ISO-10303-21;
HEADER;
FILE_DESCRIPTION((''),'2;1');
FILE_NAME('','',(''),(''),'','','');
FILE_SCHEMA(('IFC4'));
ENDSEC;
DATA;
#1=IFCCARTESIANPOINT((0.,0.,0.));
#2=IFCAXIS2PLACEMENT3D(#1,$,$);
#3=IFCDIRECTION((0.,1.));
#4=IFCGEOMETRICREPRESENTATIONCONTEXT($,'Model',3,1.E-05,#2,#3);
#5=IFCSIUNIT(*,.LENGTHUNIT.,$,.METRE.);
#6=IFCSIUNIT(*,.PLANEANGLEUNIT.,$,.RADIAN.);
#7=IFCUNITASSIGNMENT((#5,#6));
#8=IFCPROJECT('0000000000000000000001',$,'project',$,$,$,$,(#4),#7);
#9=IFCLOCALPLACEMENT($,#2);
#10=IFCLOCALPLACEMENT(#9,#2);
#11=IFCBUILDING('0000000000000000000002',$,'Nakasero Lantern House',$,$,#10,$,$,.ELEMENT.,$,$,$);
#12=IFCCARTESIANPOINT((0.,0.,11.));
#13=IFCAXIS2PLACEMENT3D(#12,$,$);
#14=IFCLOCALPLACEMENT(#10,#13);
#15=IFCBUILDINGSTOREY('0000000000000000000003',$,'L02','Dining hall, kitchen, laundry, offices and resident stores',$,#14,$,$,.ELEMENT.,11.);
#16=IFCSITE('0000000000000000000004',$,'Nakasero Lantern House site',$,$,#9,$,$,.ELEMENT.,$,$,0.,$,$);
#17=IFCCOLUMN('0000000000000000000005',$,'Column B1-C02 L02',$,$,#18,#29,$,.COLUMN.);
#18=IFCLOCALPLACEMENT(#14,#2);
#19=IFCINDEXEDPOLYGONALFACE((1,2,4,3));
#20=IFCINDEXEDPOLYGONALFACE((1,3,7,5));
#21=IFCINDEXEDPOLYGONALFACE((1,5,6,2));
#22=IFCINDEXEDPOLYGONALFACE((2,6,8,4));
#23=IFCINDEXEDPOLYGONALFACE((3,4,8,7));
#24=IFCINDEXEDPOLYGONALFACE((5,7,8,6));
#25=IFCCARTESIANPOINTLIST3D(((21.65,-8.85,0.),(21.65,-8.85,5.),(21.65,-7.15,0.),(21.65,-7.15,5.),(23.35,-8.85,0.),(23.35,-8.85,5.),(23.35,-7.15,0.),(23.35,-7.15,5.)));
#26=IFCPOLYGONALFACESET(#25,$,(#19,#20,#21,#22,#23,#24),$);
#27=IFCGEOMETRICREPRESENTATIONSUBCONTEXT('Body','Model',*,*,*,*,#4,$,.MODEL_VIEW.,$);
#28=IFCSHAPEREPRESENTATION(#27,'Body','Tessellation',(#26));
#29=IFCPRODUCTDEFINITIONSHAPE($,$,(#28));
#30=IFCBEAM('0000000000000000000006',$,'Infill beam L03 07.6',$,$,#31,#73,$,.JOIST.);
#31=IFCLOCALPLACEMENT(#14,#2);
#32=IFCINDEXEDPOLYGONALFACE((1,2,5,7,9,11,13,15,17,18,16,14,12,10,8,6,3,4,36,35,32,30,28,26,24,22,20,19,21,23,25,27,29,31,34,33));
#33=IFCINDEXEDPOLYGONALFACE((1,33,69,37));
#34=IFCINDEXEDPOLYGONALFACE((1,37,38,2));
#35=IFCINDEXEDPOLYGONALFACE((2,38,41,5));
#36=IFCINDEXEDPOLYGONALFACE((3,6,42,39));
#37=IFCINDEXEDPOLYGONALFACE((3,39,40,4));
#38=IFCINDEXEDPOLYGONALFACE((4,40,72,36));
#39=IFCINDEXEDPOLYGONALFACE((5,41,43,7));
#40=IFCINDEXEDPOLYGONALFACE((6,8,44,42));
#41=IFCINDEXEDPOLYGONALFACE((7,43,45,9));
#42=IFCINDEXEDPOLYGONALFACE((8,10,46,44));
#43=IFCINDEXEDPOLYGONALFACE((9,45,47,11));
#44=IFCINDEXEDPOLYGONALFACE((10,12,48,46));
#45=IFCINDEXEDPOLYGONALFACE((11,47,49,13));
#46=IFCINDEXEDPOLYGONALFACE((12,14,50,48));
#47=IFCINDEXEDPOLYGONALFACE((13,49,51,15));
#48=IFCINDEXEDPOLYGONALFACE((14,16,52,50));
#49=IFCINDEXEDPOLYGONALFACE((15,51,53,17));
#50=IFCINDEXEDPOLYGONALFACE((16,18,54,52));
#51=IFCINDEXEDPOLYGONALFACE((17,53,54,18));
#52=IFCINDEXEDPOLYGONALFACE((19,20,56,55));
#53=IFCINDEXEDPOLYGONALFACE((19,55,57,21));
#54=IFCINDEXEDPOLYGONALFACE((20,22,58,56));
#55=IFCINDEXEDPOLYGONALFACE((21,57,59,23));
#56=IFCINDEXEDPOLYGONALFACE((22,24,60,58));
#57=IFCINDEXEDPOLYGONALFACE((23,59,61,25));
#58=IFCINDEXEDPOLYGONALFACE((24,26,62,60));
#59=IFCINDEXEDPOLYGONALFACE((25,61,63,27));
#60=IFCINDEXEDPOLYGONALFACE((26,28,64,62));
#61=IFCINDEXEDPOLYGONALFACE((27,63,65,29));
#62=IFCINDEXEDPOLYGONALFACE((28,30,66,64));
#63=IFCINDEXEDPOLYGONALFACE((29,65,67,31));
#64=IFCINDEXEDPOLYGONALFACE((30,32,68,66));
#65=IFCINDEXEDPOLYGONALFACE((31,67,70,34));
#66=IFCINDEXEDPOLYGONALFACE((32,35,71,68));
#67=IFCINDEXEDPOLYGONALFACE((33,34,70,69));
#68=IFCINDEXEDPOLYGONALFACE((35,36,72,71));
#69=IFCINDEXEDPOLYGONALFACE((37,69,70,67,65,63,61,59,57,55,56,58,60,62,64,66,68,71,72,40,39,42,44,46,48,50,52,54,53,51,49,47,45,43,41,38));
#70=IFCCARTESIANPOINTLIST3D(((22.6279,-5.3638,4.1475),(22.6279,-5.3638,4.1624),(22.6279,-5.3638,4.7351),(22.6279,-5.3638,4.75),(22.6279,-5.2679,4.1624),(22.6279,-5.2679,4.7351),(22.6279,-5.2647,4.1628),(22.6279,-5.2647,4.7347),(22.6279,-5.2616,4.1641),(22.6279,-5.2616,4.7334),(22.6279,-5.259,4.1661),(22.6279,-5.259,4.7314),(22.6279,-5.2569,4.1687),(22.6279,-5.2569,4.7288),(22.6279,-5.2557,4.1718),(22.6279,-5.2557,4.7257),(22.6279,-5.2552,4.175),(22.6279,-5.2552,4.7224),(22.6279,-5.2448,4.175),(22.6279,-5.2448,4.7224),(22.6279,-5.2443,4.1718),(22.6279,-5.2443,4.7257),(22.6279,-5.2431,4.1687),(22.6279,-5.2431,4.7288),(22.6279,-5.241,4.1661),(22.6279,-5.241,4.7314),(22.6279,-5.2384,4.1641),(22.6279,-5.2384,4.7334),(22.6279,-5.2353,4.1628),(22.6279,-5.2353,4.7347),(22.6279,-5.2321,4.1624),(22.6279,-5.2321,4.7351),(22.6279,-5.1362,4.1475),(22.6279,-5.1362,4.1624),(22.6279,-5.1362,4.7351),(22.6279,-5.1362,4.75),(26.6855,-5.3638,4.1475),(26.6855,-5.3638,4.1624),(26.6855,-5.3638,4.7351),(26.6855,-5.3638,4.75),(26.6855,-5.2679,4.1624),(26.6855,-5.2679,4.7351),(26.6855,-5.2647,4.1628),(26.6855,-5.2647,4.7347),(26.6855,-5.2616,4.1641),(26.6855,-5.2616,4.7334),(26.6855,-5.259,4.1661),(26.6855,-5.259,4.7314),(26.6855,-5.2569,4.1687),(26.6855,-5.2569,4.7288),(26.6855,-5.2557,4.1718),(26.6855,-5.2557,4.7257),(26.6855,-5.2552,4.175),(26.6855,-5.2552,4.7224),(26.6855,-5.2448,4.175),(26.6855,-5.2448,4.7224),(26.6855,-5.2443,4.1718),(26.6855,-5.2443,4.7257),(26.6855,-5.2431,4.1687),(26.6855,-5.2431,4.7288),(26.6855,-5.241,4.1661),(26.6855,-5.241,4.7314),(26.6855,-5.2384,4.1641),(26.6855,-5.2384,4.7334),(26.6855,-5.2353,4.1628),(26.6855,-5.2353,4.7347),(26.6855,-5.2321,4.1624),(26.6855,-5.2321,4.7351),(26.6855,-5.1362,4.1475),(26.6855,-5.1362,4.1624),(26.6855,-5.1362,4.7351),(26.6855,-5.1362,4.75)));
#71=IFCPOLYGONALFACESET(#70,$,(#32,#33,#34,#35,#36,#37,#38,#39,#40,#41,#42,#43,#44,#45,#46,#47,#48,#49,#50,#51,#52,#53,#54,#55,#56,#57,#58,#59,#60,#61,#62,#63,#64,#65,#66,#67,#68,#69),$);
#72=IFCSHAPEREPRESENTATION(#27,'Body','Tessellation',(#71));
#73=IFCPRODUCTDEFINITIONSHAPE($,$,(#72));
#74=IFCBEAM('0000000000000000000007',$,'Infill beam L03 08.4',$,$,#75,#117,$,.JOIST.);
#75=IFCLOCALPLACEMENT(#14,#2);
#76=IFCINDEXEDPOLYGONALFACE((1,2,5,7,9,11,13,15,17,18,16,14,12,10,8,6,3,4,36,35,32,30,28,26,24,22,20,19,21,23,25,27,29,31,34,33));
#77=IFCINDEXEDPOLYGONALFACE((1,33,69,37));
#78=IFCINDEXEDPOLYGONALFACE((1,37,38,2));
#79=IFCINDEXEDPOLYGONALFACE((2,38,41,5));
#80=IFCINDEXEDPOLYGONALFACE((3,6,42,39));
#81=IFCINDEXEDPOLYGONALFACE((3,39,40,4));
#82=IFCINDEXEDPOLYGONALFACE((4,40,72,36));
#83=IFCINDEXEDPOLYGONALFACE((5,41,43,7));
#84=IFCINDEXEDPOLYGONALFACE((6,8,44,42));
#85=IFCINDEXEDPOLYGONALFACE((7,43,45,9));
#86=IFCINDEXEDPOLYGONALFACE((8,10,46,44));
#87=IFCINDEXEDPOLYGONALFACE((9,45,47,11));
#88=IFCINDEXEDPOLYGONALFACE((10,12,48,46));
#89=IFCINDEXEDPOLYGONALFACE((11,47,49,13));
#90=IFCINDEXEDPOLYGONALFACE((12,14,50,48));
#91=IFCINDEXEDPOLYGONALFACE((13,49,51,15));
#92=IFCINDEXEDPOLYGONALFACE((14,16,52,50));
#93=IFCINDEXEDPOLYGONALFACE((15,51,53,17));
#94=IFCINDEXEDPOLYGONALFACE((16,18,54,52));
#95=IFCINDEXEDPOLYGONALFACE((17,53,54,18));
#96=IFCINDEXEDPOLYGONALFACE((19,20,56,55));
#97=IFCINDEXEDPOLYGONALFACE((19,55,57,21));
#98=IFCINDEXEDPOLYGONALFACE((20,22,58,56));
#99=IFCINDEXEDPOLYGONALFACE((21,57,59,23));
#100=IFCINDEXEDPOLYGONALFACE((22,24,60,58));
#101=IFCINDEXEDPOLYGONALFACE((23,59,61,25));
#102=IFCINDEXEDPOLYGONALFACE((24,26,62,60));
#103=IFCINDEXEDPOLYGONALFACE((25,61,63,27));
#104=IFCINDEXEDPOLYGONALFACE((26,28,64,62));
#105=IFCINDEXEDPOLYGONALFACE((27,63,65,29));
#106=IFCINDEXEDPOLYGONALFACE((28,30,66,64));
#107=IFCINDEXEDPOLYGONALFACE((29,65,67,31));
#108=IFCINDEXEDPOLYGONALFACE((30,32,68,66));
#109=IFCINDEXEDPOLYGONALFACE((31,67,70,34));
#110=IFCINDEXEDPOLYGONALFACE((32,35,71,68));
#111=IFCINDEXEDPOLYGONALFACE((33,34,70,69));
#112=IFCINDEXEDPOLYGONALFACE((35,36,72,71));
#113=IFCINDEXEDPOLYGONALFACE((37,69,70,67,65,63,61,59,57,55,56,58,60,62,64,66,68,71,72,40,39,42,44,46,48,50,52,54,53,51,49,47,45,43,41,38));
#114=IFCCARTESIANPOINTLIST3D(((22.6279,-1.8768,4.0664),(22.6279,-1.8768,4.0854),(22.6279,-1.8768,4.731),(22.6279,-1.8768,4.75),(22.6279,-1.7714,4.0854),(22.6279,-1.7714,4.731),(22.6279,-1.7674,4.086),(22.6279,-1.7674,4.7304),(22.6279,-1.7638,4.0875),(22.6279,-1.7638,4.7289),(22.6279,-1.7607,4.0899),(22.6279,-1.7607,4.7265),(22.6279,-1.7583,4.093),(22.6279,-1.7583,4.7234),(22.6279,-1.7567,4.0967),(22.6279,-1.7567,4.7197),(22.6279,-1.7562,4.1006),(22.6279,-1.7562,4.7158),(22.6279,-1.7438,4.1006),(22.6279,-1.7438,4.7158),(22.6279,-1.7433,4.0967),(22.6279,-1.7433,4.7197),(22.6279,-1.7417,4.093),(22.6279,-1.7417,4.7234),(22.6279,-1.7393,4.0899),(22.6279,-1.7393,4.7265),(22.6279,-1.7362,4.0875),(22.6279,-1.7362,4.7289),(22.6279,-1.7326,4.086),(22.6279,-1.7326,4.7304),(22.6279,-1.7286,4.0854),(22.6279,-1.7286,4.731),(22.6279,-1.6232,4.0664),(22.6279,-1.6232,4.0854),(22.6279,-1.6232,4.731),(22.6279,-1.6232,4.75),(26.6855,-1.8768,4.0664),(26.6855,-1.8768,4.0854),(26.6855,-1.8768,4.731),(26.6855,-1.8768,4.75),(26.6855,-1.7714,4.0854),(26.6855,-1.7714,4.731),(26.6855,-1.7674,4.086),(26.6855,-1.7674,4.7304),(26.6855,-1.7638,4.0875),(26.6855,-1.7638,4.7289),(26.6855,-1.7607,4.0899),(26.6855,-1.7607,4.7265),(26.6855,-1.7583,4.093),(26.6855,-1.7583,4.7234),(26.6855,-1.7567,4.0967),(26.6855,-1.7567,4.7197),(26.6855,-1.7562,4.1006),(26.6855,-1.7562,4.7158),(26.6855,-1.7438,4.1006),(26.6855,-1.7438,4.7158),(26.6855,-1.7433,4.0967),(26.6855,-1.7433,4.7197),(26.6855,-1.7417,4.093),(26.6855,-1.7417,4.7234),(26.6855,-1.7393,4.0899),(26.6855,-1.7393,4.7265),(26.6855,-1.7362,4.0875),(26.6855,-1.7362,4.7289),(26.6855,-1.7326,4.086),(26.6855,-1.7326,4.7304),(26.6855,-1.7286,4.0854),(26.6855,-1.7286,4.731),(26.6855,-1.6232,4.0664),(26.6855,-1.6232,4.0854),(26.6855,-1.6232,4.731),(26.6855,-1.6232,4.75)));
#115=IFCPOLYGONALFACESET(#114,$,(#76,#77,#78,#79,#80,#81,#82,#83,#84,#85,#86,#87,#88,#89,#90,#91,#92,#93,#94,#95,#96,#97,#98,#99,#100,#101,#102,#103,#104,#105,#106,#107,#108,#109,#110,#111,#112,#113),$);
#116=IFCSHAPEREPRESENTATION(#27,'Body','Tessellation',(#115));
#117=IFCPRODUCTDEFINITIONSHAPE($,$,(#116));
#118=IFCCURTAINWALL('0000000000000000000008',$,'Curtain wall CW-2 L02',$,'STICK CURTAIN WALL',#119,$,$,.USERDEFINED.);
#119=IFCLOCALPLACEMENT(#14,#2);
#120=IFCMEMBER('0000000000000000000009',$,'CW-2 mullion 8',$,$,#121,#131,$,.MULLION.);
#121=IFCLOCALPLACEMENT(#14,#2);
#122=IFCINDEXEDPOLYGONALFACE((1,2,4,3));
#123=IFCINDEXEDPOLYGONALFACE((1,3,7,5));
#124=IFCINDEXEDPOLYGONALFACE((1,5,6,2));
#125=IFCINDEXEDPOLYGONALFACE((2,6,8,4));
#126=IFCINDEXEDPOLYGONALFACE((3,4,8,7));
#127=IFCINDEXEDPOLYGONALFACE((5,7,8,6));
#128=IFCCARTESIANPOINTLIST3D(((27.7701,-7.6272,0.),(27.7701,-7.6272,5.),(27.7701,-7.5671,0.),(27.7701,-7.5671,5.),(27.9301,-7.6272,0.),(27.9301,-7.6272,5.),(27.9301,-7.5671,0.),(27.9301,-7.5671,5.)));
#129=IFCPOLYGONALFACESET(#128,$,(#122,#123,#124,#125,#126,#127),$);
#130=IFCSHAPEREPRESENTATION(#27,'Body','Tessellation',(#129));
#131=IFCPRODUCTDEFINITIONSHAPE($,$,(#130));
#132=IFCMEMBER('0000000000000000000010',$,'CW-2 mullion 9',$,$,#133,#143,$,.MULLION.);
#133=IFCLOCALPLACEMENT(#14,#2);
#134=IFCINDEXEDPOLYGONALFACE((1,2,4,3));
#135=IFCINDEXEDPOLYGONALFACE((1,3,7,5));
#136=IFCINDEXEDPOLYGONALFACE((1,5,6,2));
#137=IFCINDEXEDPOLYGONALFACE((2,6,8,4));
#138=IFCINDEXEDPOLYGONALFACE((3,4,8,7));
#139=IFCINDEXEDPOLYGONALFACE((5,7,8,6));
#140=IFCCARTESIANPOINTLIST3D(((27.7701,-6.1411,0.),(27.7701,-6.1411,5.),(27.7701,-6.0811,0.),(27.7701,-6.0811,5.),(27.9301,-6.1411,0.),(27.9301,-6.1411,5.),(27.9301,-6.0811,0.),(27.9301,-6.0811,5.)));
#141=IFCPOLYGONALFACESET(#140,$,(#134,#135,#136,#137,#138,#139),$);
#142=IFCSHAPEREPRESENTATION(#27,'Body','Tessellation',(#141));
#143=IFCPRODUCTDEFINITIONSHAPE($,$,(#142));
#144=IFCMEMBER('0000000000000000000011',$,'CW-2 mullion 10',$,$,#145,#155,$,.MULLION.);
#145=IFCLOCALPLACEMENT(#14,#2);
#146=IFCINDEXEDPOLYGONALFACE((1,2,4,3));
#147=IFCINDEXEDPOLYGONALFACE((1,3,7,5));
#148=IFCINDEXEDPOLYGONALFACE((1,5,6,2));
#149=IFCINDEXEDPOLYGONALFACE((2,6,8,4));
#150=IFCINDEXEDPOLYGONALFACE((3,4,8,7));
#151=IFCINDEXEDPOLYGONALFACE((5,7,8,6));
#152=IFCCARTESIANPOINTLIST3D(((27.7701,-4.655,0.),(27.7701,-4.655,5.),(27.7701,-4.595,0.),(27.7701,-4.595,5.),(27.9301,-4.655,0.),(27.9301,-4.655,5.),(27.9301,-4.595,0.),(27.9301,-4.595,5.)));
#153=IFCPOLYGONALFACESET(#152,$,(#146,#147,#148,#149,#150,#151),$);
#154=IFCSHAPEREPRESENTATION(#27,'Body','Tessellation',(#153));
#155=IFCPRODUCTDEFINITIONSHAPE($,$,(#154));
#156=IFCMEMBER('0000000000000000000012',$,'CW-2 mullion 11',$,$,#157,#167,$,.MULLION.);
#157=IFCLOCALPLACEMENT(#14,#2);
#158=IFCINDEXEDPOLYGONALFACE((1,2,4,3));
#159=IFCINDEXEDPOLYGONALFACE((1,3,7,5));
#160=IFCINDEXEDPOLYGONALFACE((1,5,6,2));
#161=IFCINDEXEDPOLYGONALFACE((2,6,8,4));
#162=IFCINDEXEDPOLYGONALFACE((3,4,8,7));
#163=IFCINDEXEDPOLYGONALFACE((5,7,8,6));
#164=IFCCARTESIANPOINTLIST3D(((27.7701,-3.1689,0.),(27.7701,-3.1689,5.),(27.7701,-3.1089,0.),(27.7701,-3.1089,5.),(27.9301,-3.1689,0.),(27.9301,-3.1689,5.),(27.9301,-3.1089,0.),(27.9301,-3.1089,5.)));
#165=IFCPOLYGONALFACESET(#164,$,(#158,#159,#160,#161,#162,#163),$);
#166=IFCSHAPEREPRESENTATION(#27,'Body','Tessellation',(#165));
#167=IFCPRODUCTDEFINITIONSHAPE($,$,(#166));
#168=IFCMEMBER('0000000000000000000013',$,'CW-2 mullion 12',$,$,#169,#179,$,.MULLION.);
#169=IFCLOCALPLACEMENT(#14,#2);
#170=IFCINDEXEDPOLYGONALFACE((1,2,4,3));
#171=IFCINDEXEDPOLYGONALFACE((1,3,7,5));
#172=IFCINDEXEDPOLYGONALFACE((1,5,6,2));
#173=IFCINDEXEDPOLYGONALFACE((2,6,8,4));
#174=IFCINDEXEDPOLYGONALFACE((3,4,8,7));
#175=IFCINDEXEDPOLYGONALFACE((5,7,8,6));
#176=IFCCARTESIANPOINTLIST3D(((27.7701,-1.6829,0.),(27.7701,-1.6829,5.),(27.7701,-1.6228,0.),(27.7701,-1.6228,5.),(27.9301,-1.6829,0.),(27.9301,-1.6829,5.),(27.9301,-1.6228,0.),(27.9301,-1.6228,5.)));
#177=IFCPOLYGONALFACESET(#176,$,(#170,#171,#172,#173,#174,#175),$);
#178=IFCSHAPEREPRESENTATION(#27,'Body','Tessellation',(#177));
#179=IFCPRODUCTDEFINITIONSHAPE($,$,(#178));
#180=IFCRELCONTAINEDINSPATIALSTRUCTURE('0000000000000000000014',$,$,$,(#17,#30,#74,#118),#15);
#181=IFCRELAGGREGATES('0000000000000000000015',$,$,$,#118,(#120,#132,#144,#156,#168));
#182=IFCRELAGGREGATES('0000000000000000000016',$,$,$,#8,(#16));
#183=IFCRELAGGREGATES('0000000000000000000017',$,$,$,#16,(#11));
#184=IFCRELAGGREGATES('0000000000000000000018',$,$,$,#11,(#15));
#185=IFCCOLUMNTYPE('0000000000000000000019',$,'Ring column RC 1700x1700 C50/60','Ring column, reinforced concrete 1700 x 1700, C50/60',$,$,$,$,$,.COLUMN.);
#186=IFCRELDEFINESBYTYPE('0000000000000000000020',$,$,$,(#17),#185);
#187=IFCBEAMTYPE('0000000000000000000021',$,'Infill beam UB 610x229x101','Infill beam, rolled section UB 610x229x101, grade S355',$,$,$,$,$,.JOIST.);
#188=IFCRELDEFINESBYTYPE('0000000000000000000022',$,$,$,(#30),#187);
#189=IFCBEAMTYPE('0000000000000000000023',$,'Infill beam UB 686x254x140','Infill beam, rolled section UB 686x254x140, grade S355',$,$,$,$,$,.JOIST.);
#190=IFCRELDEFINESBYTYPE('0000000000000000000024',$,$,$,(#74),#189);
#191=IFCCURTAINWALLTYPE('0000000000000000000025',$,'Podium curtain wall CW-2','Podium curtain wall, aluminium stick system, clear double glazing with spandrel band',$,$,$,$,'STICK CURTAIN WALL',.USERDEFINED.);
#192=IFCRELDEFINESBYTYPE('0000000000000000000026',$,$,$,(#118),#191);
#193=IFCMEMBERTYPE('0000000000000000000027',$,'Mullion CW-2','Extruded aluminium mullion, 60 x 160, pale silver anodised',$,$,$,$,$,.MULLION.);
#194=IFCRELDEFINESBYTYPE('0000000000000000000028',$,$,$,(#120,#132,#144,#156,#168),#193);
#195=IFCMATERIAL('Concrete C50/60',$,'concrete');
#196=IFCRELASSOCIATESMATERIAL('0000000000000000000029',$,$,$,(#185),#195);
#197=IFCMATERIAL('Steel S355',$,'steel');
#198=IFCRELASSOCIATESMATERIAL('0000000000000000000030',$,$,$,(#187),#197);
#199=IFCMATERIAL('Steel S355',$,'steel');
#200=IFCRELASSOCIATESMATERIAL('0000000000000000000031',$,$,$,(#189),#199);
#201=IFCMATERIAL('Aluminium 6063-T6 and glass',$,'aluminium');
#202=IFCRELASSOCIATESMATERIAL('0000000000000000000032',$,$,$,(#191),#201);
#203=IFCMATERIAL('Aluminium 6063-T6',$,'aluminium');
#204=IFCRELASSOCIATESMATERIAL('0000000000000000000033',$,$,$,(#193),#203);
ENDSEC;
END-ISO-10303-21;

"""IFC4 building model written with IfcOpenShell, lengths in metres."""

from ifc_helpers import new_model, si_unit, direction, frame, origin, origin_2d, place, context, subcontext, project, spatial, rectangle, i_section, extrude, material, material_profile, profile_set, type_object, element, aggregate, save


model = new_model("IFC4")

# Units and contexts
model_context = context("Model", 3, precision=1e-05, world=origin(), true_north=direction((0.0, 1.0)))
body_context = subcontext(model_context, "Body", "Model", "MODEL_VIEW")
ifc_project = project(units=[si_unit("LENGTHUNIT", "METRE"), si_unit("PLANEANGLEUNIT", "RADIAN")], contexts=[model_context])

# Site, building, storey
site_placement = place(None, origin())
site = spatial("IfcSite", under=ifc_project, at=site_placement, Name="Nakasero Lantern House site", CompositionType="ELEMENT", RefElevation=0.0)
building_placement = place(site_placement, origin())
building = spatial("IfcBuilding", under=site, at=building_placement, Name="Nakasero Lantern House", CompositionType="ELEMENT")
storey_placement = place(building_placement, frame((0.0, 0.0, 11.0)))
storey = spatial("IfcBuildingStorey", under=building, at=storey_placement, Name="L02", Description="Dining hall, kitchen, laundry, offices and resident stores", CompositionType="ELEMENT", Elevation=11.0)

# Column
ifc_material_1 = material(Name="Concrete C50/60", Category="concrete")
ifc_material_profile_1 = material_profile(ifc_material_1, rectangle(XDim=1.7, YDim=1.7, at=origin_2d()), Name="RC 1700x1700")
ifc_profile_set_1 = profile_set([ifc_material_profile_1], Name="Concrete C50/60")
column_type = type_object("IfcColumnType", Name="Ring column RC 1700x1700 C50/60", Description="Ring column, reinforced concrete 1700 x 1700, C50/60", PredefinedType="COLUMN", material=ifc_profile_set_1)
column_placement = place(storey_placement, frame((22.5, -8.0, 0.0), z_axis=(0.0, 0.0, 1.0), x_axis=(1.0, 0.0, 0.0)))
element("IfcColumn", 1, at=column_placement, inside=storey, type_object=column_type, Name="Column B1-C02 L02", PredefinedType="COLUMN", context=body_context, shape_type="SweptSolid", body=[
    extrude(rectangle(XDim=1.7, YDim=1.7, at=origin_2d()), origin(), (0.0, 0.0, 1.0), 5.0),
])

# Beams
ifc_material_2 = material(Name="Steel S355", Category="steel")
ifc_material_profile_2 = material_profile(ifc_material_2, i_section(OverallWidth=0.2275, OverallDepth=0.6025, WebThickness=0.0105, FlangeThickness=0.0149, FilletRadius=0.0127, at=origin_2d()), Name="UB 610x229x101")
ifc_profile_set_2 = profile_set([ifc_material_profile_2], Name="Steel S355")
beam_type_1 = type_object("IfcBeamType", Name="Infill beam UB 610x229x101", Description="Infill beam, rolled section UB 610x229x101, grade S355", PredefinedType="JOIST", material=ifc_profile_set_2)
beam_1_placement = place(storey_placement, frame((22.6279, -5.25, 4.4487), z_axis=(1.0, 0.0, 0.0), x_axis=(0.0, 1.0, 0.0)))
element("IfcBeam", 2, at=beam_1_placement, inside=storey, type_object=beam_type_1, Name="Infill beam L03 07.6", PredefinedType="JOIST", context=body_context, shape_type="SweptSolid", body=[
    extrude(i_section(OverallWidth=0.2275, OverallDepth=0.6025, WebThickness=0.0105, FlangeThickness=0.0149, FilletRadius=0.0127, at=origin_2d()), origin(), (0.0, 0.0, 1.0), 4.0576),
])
ifc_material_3 = material(Name="Steel S355", Category="steel")
ifc_material_profile_3 = material_profile(ifc_material_3, i_section(OverallWidth=0.2537, OverallDepth=0.6836, WebThickness=0.0125, FlangeThickness=0.019, FilletRadius=0.0151, at=origin_2d()), Name="UB 686x254x140")
ifc_profile_set_3 = profile_set([ifc_material_profile_3], Name="Steel S355")
beam_type_2 = type_object("IfcBeamType", Name="Infill beam UB 686x254x140", Description="Infill beam, rolled section UB 686x254x140, grade S355", PredefinedType="JOIST", material=ifc_profile_set_3)
beam_2_placement = place(storey_placement, frame((22.6279, -1.75, 4.4082), z_axis=(1.0, 0.0, 0.0), x_axis=(0.0, 1.0, 0.0)))
element("IfcBeam", 3, at=beam_2_placement, inside=storey, type_object=beam_type_2, Name="Infill beam L03 08.4", PredefinedType="JOIST", context=body_context, shape_type="SweptSolid", body=[
    extrude(i_section(OverallWidth=0.2537, OverallDepth=0.6836, WebThickness=0.0125, FlangeThickness=0.019, FilletRadius=0.0151, at=origin_2d()), origin(), (0.0, 0.0, 1.0), 4.0576),
])

# Curtain wall, members
ifc_material_4 = material(Name="Aluminium 6063-T6 and glass", Category="aluminium")
curtain_wall_type = type_object("IfcCurtainWallType", Name="Podium curtain wall CW-2", Description="Podium curtain wall, aluminium stick system, clear double glazing with spandrel band", ElementType="STICK CURTAIN WALL", PredefinedType="USERDEFINED", material=ifc_material_4)
curtain_wall_placement = place(storey_placement, origin())
curtain_wall = element("IfcCurtainWall", 4, at=curtain_wall_placement, inside=storey, type_object=curtain_wall_type, Name="Curtain wall CW-2 L02", ObjectType="STICK CURTAIN WALL", PredefinedType="USERDEFINED")
ifc_material_5 = material(Name="Aluminium 6063-T6", Category="aluminium")
ifc_material_profile_4 = material_profile(ifc_material_5, rectangle(XDim=0.0601, YDim=0.1599, at=origin_2d()), Name="CW-2 mullion 60x160")
ifc_profile_set_4 = profile_set([ifc_material_profile_4], Name="Aluminium 6063-T6")
member_type_1 = type_object("IfcMemberType", Name="Mullion CW-2", Description="Extruded aluminium mullion, 60 x 160, pale silver anodised", PredefinedType="MULLION", material=ifc_profile_set_4)
member_1_placement = place(storey_placement, frame((27.8501, -7.5972, 0.0), z_axis=(0.0, 0.0, 1.0), x_axis=(0.0, 1.0, 0.0)))
member_1 = element("IfcMember", 5, at=member_1_placement, type_object=member_type_1, Name="CW-2 mullion 8", PredefinedType="MULLION", context=body_context, shape_type="SweptSolid", body=[
    extrude(rectangle(XDim=0.0601, YDim=0.1599, at=origin_2d()), origin(), (0.0, 0.0, 1.0), 5.0),
])
member_2_placement = place(storey_placement, frame((27.8501, -6.1111, 0.0), z_axis=(0.0, 0.0, 1.0), x_axis=(0.0, 1.0, 0.0)))
member_2 = element("IfcMember", 6, at=member_2_placement, type_object=member_type_1, Name="CW-2 mullion 9", PredefinedType="MULLION", context=body_context, shape_type="SweptSolid", body=[
    extrude(rectangle(XDim=0.0601, YDim=0.1599, at=origin_2d()), origin(), (0.0, 0.0, 1.0), 5.0),
])
member_3_placement = place(storey_placement, frame((27.8501, -4.625, 0.0), z_axis=(0.0, 0.0, 1.0), x_axis=(0.0, 1.0, 0.0)))
member_3 = element("IfcMember", 7, at=member_3_placement, type_object=member_type_1, Name="CW-2 mullion 10", PredefinedType="MULLION", context=body_context, shape_type="SweptSolid", body=[
    extrude(rectangle(XDim=0.0601, YDim=0.1599, at=origin_2d()), origin(), (0.0, 0.0, 1.0), 5.0),
])
member_4_placement = place(storey_placement, frame((27.8501, -3.1389, 0.0), z_axis=(0.0, 0.0, 1.0), x_axis=(0.0, 1.0, 0.0)))
member_4 = element("IfcMember", 8, at=member_4_placement, type_object=member_type_1, Name="CW-2 mullion 11", PredefinedType="MULLION", context=body_context, shape_type="SweptSolid", body=[
    extrude(rectangle(XDim=0.0601, YDim=0.1599, at=origin_2d()), origin(), (0.0, 0.0, 1.0), 5.0),
])
member_5_placement = place(storey_placement, frame((27.8501, -1.6528, 0.0), z_axis=(0.0, 0.0, 1.0), x_axis=(0.0, 1.0, 0.0)))
member_5 = element("IfcMember", 9, at=member_5_placement, type_object=member_type_1, Name="CW-2 mullion 12", PredefinedType="MULLION", context=body_context, shape_type="SweptSolid", body=[
    extrude(rectangle(XDim=0.0601, YDim=0.1599, at=origin_2d()), origin(), (0.0, 0.0, 1.0), 5.0),
])

aggregate(curtain_wall, [member_1, member_2, member_3, member_4, member_5])

save(model, "model.ifc")
